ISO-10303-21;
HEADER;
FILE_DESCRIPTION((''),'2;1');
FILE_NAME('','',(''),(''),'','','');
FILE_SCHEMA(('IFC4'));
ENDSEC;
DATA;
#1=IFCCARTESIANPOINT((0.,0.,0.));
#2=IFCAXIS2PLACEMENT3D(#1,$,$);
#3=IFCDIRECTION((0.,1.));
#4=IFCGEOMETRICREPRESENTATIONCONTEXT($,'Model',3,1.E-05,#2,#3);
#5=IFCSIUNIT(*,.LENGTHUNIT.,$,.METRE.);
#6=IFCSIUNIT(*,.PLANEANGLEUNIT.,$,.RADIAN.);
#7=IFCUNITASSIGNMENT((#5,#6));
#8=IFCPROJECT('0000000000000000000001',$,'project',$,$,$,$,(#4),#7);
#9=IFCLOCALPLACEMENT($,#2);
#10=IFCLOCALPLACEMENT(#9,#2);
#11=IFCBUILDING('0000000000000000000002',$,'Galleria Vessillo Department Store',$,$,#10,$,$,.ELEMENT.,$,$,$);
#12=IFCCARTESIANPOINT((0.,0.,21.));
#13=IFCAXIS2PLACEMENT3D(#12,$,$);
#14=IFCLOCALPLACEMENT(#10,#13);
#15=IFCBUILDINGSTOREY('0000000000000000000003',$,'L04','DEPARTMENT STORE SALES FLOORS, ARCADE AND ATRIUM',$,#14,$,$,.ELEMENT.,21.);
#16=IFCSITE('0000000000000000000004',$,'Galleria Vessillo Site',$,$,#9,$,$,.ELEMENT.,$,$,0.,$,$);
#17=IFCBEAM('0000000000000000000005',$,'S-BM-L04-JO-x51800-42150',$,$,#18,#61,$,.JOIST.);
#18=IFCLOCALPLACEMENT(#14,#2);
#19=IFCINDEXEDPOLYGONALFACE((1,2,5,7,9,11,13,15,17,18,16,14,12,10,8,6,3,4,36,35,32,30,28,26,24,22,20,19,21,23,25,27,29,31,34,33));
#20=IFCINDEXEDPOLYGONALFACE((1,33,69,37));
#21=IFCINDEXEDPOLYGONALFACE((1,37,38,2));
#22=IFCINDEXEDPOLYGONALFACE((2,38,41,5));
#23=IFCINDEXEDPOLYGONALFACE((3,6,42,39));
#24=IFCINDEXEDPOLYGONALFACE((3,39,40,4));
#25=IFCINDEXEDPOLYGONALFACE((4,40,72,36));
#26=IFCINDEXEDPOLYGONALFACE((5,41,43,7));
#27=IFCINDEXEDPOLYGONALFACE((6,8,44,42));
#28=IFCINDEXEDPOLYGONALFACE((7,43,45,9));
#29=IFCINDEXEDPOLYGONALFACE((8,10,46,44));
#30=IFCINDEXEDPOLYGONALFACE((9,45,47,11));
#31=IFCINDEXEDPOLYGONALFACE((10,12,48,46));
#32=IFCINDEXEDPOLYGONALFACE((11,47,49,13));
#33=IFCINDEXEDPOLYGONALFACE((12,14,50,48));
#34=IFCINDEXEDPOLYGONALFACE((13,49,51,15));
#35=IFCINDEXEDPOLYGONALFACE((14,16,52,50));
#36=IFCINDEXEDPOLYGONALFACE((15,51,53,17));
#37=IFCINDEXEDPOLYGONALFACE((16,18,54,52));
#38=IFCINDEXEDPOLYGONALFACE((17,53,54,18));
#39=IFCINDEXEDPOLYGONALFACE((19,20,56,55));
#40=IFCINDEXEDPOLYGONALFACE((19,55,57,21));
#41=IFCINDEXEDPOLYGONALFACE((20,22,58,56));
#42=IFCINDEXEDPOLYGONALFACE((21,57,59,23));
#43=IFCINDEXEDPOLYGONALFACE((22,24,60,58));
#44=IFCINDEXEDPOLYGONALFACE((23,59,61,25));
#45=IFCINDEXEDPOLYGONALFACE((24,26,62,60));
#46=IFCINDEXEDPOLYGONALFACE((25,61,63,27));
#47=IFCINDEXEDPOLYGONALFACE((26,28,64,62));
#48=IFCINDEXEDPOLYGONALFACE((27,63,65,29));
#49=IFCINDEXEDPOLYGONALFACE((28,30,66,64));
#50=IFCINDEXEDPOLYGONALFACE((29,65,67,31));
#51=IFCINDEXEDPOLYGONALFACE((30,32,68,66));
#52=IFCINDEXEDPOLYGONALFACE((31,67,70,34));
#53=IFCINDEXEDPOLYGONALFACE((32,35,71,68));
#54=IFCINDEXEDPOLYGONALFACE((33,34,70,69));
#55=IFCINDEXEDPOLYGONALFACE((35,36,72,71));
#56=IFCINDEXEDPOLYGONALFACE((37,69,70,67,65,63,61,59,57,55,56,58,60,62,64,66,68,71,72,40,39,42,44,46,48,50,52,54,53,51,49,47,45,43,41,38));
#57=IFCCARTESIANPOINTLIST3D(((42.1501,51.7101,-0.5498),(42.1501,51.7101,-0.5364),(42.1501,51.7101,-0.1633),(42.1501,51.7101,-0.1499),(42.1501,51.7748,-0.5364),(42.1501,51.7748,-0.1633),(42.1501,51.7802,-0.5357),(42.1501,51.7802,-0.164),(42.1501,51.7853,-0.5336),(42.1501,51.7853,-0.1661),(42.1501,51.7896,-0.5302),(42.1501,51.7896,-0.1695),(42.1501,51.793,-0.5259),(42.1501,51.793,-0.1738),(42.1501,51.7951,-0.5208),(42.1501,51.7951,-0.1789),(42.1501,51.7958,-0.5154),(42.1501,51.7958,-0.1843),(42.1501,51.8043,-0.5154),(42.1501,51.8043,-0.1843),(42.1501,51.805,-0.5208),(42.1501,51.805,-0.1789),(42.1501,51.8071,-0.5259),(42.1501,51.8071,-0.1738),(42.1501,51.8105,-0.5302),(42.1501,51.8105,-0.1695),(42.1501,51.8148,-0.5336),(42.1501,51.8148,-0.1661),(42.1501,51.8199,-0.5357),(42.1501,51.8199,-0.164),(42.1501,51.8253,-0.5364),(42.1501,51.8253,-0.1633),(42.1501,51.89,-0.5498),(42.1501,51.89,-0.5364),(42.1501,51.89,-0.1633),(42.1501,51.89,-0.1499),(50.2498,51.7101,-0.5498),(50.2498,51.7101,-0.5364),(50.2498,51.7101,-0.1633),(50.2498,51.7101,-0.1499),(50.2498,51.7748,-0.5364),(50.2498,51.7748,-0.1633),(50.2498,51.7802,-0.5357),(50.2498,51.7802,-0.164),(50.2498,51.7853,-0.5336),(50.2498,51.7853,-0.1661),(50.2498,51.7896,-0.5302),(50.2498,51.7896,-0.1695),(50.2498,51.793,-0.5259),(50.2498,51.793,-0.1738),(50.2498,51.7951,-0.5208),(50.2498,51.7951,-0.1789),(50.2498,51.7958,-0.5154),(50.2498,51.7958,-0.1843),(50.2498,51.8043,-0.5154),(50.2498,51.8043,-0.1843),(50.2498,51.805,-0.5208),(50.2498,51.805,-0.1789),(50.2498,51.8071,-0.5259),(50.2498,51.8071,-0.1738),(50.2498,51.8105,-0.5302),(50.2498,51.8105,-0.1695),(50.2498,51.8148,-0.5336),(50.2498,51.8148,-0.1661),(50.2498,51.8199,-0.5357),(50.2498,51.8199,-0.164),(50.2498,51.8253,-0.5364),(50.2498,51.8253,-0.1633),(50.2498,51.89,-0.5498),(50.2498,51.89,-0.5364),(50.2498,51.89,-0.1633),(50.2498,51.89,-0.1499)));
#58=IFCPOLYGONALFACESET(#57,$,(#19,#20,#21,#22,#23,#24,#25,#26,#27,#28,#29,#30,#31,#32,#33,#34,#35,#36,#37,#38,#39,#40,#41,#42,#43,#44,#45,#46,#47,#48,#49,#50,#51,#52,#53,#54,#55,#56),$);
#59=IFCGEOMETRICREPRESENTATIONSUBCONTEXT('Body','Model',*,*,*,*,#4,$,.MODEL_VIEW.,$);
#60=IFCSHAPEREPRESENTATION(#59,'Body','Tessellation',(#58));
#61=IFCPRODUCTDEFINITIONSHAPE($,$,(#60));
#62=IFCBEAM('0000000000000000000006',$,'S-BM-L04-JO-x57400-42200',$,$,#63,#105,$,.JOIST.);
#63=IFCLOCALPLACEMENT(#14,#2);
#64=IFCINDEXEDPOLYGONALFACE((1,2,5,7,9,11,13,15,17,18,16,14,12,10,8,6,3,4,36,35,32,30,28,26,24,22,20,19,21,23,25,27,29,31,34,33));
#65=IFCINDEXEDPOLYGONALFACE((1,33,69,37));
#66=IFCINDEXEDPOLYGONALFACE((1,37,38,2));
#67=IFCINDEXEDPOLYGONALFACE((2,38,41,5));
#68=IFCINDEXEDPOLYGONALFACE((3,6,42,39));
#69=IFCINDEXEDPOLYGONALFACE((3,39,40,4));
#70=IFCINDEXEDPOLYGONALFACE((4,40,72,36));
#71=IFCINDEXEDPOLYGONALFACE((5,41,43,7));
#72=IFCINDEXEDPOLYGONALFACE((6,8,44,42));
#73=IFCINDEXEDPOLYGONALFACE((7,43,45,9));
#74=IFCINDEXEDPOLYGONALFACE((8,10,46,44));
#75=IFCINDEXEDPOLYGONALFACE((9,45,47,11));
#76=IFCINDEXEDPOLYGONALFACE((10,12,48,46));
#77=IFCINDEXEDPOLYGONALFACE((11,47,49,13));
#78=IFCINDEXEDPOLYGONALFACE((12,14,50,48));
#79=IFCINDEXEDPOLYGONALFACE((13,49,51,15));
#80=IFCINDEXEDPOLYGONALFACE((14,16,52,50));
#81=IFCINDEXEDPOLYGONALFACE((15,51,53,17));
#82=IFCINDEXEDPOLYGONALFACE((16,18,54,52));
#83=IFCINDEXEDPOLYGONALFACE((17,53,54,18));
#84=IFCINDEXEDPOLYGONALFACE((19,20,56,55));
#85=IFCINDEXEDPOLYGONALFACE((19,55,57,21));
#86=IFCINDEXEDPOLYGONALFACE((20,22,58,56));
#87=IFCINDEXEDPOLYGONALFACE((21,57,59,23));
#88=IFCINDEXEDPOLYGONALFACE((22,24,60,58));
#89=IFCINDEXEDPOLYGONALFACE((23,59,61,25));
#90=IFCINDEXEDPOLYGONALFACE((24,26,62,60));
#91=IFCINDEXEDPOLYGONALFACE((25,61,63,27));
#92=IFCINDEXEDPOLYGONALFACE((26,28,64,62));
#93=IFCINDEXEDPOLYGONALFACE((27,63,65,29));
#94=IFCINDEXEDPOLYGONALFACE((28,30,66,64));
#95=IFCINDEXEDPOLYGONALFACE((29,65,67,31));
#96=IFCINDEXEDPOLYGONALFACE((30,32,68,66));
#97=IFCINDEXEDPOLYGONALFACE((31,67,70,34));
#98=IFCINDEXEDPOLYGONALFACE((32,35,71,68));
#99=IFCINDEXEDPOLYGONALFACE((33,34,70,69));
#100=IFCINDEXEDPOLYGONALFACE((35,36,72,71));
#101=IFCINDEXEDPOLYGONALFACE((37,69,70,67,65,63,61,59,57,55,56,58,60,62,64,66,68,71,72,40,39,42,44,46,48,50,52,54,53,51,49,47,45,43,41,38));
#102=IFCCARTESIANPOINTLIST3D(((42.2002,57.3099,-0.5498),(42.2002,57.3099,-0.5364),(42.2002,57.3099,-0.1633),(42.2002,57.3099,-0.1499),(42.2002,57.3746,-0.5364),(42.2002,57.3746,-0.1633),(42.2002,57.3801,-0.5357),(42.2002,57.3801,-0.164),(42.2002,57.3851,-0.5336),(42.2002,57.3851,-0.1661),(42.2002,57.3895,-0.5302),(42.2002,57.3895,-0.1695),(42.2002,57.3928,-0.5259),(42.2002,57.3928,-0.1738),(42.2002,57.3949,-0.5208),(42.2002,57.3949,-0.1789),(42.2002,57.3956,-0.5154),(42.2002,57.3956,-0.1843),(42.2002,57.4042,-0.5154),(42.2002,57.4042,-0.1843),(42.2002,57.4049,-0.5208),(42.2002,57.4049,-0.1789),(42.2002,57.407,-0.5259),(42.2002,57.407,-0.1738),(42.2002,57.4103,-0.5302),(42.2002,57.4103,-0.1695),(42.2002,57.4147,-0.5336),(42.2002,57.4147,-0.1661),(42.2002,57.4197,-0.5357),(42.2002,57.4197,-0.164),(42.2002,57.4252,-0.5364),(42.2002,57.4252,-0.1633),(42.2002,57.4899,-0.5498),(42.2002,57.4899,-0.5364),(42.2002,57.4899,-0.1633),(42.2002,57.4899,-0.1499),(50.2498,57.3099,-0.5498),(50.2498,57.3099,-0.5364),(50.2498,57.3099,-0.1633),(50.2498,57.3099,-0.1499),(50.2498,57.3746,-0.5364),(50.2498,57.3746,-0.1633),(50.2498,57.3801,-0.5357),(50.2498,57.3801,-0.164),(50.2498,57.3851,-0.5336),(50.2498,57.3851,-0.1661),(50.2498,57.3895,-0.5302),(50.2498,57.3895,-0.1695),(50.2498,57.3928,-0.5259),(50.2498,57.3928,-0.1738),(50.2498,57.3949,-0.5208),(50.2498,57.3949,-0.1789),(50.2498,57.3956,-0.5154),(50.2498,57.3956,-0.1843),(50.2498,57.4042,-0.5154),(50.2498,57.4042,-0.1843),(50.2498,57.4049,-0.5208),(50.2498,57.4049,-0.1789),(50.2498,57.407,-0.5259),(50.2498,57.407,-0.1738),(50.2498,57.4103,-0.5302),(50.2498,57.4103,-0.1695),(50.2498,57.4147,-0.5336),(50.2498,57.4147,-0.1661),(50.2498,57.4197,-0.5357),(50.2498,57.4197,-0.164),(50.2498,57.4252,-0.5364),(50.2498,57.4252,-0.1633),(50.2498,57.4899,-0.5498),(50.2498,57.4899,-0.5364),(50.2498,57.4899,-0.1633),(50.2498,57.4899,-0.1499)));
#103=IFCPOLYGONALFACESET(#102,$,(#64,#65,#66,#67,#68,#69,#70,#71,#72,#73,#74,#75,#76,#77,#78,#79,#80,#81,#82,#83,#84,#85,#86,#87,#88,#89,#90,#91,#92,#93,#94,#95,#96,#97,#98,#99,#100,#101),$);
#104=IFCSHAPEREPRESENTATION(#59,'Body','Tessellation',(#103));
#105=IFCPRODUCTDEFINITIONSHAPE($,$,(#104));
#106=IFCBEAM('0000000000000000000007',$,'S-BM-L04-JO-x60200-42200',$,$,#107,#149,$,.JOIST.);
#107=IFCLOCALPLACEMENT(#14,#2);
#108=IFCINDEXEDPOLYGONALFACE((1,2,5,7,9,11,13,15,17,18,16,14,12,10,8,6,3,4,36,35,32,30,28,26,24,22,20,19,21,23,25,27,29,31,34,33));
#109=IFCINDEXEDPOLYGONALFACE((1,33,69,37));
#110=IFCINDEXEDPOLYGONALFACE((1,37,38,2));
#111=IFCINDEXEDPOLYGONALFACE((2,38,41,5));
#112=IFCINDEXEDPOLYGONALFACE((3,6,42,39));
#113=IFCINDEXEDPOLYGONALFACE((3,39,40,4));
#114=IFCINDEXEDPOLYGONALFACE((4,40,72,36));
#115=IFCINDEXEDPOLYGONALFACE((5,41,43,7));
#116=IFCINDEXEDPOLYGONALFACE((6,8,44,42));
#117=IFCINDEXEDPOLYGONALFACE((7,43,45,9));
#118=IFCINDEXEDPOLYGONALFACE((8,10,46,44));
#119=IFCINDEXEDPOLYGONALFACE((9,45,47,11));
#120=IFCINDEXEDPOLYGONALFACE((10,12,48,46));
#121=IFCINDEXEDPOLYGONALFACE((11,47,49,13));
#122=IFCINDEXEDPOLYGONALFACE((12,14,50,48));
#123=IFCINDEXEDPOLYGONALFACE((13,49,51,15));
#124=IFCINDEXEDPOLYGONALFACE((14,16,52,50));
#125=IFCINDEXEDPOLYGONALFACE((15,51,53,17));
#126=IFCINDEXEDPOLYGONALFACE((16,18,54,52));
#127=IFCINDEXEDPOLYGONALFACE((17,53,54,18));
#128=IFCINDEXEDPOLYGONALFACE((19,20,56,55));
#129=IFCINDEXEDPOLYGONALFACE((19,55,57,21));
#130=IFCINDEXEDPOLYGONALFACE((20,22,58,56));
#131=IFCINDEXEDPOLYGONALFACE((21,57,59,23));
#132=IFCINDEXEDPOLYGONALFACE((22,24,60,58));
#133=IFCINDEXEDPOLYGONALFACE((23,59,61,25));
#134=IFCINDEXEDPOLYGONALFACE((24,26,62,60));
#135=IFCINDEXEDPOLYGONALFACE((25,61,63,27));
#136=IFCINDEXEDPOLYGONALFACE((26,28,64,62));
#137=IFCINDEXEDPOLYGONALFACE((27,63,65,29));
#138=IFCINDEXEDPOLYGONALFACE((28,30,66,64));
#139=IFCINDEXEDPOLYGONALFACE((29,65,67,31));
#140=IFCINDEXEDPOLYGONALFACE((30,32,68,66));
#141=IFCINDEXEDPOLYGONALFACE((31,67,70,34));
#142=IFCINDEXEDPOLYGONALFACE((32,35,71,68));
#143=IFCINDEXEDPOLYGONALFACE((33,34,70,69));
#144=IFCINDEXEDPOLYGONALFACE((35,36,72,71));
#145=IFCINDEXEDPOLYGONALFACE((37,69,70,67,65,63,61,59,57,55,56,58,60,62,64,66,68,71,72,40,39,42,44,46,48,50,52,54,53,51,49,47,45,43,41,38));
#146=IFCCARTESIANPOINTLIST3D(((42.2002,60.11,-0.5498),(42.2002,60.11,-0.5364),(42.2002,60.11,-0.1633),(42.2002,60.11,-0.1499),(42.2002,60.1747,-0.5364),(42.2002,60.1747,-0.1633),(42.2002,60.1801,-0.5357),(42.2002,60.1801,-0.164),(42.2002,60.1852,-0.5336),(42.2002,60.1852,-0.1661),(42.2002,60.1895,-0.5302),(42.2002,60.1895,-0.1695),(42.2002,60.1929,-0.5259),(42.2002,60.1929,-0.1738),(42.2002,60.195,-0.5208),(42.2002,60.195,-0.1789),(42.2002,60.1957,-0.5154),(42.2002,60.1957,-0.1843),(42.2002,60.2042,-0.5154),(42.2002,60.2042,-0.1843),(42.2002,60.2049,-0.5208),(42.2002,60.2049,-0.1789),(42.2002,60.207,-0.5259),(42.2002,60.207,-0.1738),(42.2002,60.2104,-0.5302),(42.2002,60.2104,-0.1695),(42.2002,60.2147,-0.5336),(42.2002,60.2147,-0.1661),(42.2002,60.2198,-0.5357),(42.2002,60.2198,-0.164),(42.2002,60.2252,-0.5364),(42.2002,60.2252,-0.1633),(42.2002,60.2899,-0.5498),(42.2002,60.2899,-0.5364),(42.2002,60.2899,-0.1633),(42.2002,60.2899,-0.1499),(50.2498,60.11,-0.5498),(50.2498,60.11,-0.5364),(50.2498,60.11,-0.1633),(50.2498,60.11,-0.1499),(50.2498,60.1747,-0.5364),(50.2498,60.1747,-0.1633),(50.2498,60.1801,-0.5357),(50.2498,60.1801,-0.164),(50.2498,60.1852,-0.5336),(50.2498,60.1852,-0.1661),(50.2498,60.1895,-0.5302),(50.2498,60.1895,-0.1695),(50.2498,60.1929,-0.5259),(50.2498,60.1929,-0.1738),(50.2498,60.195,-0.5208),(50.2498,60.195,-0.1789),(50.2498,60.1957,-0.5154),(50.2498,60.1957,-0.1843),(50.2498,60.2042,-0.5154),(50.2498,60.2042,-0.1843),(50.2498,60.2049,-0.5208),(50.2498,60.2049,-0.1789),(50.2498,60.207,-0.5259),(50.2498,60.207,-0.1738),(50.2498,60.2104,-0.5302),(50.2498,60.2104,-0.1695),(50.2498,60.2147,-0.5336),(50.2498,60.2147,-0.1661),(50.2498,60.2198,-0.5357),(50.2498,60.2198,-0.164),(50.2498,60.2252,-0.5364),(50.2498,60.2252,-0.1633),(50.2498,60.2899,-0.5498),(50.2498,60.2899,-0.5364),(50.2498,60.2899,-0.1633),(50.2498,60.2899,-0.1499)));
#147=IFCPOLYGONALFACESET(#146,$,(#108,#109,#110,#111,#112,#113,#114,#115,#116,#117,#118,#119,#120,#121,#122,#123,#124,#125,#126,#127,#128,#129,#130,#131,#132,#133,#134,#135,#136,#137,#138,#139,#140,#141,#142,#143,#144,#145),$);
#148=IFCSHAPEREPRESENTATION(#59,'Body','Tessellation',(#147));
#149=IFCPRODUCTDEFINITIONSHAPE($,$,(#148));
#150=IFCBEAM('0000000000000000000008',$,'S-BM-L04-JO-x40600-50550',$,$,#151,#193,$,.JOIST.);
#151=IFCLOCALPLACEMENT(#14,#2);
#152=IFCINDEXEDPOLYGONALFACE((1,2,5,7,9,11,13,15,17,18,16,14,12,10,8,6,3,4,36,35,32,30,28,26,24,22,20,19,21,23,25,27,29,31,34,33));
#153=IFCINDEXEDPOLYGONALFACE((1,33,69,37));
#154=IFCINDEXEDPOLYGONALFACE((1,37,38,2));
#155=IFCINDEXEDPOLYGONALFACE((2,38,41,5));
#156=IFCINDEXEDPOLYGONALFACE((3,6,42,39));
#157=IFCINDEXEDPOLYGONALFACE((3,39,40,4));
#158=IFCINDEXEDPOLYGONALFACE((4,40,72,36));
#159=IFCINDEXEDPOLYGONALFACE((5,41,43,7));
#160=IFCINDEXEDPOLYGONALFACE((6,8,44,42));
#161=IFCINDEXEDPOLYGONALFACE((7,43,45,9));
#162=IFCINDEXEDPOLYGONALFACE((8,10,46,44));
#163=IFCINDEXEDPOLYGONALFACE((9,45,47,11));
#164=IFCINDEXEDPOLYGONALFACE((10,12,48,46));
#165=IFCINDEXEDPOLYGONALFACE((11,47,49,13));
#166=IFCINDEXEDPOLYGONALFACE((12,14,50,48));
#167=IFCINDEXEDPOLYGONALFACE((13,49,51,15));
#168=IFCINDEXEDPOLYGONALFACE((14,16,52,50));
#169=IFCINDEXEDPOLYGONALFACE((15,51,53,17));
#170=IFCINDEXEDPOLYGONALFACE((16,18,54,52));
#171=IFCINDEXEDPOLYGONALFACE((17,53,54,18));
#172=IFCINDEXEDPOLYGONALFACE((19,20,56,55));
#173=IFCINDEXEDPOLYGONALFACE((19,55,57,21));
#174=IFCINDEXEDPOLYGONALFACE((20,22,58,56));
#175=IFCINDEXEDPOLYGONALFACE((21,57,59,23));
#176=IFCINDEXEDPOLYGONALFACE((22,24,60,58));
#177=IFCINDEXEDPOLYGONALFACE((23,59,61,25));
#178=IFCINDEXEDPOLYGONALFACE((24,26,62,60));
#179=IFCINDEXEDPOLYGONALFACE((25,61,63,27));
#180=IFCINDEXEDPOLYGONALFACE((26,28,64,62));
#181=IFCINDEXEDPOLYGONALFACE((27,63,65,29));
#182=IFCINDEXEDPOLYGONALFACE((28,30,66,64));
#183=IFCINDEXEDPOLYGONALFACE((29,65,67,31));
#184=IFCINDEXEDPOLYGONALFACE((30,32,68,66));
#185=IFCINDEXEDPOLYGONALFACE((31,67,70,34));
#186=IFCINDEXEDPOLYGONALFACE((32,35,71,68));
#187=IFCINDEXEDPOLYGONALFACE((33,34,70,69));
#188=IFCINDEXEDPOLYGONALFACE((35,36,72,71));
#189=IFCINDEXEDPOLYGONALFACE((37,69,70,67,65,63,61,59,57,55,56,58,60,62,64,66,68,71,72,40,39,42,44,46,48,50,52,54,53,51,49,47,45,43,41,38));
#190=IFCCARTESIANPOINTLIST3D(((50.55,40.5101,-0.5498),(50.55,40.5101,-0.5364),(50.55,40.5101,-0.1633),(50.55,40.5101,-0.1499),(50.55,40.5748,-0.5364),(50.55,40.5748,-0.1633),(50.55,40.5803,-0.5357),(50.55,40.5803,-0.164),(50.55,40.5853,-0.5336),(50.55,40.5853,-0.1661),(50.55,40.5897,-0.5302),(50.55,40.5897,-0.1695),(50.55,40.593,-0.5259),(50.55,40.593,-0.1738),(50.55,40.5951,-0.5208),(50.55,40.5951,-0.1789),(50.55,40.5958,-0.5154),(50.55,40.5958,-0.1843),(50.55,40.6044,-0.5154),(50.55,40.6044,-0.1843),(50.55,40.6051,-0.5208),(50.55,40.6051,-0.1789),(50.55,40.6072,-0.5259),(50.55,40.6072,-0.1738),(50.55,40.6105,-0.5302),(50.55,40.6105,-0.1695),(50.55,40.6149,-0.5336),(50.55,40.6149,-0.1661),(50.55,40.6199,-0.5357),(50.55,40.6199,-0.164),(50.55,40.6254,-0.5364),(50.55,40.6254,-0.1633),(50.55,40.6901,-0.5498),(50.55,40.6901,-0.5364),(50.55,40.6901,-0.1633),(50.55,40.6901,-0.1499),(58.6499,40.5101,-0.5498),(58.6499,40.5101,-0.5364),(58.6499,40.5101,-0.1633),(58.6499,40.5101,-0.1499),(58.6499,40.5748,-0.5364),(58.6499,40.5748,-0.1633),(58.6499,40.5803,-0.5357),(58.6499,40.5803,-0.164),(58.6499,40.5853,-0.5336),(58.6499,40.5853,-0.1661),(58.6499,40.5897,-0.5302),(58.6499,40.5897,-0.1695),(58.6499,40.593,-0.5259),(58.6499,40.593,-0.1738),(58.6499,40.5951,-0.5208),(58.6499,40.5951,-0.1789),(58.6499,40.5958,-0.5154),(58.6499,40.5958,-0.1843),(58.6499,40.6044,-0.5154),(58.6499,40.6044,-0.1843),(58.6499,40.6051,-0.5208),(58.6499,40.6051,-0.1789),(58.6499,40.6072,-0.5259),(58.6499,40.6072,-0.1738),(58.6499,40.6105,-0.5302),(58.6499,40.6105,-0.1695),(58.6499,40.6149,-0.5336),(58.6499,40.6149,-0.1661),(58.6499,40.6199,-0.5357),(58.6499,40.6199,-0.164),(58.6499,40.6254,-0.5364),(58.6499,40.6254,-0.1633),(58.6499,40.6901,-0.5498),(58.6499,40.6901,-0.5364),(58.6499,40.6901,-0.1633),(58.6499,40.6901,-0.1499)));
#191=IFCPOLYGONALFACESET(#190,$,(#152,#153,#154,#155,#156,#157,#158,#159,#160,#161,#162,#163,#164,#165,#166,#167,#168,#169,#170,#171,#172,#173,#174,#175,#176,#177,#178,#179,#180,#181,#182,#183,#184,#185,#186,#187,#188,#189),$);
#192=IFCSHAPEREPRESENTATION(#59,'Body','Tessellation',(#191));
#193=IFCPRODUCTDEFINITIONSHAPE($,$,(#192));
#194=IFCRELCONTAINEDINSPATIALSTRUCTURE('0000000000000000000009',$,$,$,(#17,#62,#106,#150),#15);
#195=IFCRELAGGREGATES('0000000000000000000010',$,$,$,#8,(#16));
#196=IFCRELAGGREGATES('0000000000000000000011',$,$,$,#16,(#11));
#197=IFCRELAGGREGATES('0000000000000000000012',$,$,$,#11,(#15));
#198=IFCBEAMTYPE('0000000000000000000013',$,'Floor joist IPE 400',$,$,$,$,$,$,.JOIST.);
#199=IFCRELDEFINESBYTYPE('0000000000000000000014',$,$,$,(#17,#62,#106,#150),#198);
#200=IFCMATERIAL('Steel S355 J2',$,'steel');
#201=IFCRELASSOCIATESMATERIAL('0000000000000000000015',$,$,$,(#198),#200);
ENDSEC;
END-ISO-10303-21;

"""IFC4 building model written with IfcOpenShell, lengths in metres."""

from ifc_helpers import new_model, si_unit, direction, frame, origin, origin_2d, place, context, subcontext, project, spatial, i_section, extrude, material, material_profile, profile_set, type_object, element, save


model = new_model("IFC4")

# Units and contexts
model_context = context("Model", 3, precision=1e-05, world=origin(), true_north=direction((0.0, 1.0)))
body_context = subcontext(model_context, "Body", "Model", "MODEL_VIEW")
ifc_project = project(units=[si_unit("LENGTHUNIT", "METRE"), si_unit("PLANEANGLEUNIT", "RADIAN")], contexts=[model_context])

# Site, building, storey
site_placement = place(None, origin())
site = spatial("IfcSite", under=ifc_project, at=site_placement, Name="Galleria Vessillo Site", CompositionType="ELEMENT", RefElevation=0.0)
building_placement = place(site_placement, origin())
building = spatial("IfcBuilding", under=site, at=building_placement, Name="Galleria Vessillo Department Store", CompositionType="ELEMENT")
storey_placement = place(building_placement, frame((0.0, 0.0, 21.0)))
storey = spatial("IfcBuildingStorey", under=building, at=storey_placement, Name="L04", Description="DEPARTMENT STORE SALES FLOORS, ARCADE AND ATRIUM", CompositionType="ELEMENT", Elevation=21.0)

# Beams
ifc_material_1 = material(Name="Steel S355 J2", Category="steel")
ifc_material_profile_1 = material_profile(ifc_material_1, i_section(OverallWidth=0.1799, OverallDepth=0.3999, WebThickness=0.0085, FlangeThickness=0.0134, FilletRadius=0.021, at=origin_2d()), Name="IPE 400")
ifc_profile_set_1 = profile_set([ifc_material_profile_1], Name="Steel S355 J2")
beam_type_1 = type_object("IfcBeamType", Name="Floor joist IPE 400", PredefinedType="JOIST", material=ifc_profile_set_1)
for number, where, z_axis, x_axis, name in (
    (1, (42.1501, 51.8, -0.3499), (1.0, 0.0, 0.0), (0.0, 1.0, 0.0), "S-BM-L04-JO-x51800-42150"),
):
    element("IfcBeam", number, at=place(storey_placement, frame(where, z_axis=z_axis, x_axis=x_axis)), inside=storey, type_object=beam_type_1, Name=name, PredefinedType="JOIST", context=body_context, shape_type="SweptSolid", body=[
        extrude(i_section(OverallWidth=0.1799, OverallDepth=0.3999, WebThickness=0.0085, FlangeThickness=0.0134, FilletRadius=0.021, at=origin_2d()), origin(), (0.0, 0.0, 1.0), 8.0996),
    ])
for number, where, z_axis, x_axis, name in (
    (2, (42.2002, 57.3999, -0.3499), (1.0, 0.0, 0.0), (0.0, 1.0, 0.0), "S-BM-L04-JO-x57400-42200"),
    (3, (42.2002, 60.2, -0.3499), (1.0, 0.0, 0.0), (0.0, 1.0, 0.0), "S-BM-L04-JO-x60200-42200"),
):
    element("IfcBeam", number, at=place(storey_placement, frame(where, z_axis=z_axis, x_axis=x_axis)), inside=storey, type_object=beam_type_1, Name=name, PredefinedType="JOIST", context=body_context, shape_type="SweptSolid", body=[
        extrude(i_section(OverallWidth=0.1799, OverallDepth=0.3999, WebThickness=0.0085, FlangeThickness=0.0134, FilletRadius=0.021, at=origin_2d()), origin(), (0.0, 0.0, 1.0), 8.0496),
    ])
for number, where, z_axis, x_axis, name in (
    (4, (50.55, 40.6001, -0.3499), (1.0, 0.0, 0.0), (0.0, 1.0, 0.0), "S-BM-L04-JO-x40600-50550"),
):
    element("IfcBeam", number, at=place(storey_placement, frame(where, z_axis=z_axis, x_axis=x_axis)), inside=storey, type_object=beam_type_1, Name=name, PredefinedType="JOIST", context=body_context, shape_type="SweptSolid", body=[
        extrude(i_section(OverallWidth=0.1799, OverallDepth=0.3999, WebThickness=0.0085, FlangeThickness=0.0134, FilletRadius=0.021, at=origin_2d()), origin(), (0.0, 0.0, 1.0), 8.0999),
    ])

save(model, "model.ifc")
